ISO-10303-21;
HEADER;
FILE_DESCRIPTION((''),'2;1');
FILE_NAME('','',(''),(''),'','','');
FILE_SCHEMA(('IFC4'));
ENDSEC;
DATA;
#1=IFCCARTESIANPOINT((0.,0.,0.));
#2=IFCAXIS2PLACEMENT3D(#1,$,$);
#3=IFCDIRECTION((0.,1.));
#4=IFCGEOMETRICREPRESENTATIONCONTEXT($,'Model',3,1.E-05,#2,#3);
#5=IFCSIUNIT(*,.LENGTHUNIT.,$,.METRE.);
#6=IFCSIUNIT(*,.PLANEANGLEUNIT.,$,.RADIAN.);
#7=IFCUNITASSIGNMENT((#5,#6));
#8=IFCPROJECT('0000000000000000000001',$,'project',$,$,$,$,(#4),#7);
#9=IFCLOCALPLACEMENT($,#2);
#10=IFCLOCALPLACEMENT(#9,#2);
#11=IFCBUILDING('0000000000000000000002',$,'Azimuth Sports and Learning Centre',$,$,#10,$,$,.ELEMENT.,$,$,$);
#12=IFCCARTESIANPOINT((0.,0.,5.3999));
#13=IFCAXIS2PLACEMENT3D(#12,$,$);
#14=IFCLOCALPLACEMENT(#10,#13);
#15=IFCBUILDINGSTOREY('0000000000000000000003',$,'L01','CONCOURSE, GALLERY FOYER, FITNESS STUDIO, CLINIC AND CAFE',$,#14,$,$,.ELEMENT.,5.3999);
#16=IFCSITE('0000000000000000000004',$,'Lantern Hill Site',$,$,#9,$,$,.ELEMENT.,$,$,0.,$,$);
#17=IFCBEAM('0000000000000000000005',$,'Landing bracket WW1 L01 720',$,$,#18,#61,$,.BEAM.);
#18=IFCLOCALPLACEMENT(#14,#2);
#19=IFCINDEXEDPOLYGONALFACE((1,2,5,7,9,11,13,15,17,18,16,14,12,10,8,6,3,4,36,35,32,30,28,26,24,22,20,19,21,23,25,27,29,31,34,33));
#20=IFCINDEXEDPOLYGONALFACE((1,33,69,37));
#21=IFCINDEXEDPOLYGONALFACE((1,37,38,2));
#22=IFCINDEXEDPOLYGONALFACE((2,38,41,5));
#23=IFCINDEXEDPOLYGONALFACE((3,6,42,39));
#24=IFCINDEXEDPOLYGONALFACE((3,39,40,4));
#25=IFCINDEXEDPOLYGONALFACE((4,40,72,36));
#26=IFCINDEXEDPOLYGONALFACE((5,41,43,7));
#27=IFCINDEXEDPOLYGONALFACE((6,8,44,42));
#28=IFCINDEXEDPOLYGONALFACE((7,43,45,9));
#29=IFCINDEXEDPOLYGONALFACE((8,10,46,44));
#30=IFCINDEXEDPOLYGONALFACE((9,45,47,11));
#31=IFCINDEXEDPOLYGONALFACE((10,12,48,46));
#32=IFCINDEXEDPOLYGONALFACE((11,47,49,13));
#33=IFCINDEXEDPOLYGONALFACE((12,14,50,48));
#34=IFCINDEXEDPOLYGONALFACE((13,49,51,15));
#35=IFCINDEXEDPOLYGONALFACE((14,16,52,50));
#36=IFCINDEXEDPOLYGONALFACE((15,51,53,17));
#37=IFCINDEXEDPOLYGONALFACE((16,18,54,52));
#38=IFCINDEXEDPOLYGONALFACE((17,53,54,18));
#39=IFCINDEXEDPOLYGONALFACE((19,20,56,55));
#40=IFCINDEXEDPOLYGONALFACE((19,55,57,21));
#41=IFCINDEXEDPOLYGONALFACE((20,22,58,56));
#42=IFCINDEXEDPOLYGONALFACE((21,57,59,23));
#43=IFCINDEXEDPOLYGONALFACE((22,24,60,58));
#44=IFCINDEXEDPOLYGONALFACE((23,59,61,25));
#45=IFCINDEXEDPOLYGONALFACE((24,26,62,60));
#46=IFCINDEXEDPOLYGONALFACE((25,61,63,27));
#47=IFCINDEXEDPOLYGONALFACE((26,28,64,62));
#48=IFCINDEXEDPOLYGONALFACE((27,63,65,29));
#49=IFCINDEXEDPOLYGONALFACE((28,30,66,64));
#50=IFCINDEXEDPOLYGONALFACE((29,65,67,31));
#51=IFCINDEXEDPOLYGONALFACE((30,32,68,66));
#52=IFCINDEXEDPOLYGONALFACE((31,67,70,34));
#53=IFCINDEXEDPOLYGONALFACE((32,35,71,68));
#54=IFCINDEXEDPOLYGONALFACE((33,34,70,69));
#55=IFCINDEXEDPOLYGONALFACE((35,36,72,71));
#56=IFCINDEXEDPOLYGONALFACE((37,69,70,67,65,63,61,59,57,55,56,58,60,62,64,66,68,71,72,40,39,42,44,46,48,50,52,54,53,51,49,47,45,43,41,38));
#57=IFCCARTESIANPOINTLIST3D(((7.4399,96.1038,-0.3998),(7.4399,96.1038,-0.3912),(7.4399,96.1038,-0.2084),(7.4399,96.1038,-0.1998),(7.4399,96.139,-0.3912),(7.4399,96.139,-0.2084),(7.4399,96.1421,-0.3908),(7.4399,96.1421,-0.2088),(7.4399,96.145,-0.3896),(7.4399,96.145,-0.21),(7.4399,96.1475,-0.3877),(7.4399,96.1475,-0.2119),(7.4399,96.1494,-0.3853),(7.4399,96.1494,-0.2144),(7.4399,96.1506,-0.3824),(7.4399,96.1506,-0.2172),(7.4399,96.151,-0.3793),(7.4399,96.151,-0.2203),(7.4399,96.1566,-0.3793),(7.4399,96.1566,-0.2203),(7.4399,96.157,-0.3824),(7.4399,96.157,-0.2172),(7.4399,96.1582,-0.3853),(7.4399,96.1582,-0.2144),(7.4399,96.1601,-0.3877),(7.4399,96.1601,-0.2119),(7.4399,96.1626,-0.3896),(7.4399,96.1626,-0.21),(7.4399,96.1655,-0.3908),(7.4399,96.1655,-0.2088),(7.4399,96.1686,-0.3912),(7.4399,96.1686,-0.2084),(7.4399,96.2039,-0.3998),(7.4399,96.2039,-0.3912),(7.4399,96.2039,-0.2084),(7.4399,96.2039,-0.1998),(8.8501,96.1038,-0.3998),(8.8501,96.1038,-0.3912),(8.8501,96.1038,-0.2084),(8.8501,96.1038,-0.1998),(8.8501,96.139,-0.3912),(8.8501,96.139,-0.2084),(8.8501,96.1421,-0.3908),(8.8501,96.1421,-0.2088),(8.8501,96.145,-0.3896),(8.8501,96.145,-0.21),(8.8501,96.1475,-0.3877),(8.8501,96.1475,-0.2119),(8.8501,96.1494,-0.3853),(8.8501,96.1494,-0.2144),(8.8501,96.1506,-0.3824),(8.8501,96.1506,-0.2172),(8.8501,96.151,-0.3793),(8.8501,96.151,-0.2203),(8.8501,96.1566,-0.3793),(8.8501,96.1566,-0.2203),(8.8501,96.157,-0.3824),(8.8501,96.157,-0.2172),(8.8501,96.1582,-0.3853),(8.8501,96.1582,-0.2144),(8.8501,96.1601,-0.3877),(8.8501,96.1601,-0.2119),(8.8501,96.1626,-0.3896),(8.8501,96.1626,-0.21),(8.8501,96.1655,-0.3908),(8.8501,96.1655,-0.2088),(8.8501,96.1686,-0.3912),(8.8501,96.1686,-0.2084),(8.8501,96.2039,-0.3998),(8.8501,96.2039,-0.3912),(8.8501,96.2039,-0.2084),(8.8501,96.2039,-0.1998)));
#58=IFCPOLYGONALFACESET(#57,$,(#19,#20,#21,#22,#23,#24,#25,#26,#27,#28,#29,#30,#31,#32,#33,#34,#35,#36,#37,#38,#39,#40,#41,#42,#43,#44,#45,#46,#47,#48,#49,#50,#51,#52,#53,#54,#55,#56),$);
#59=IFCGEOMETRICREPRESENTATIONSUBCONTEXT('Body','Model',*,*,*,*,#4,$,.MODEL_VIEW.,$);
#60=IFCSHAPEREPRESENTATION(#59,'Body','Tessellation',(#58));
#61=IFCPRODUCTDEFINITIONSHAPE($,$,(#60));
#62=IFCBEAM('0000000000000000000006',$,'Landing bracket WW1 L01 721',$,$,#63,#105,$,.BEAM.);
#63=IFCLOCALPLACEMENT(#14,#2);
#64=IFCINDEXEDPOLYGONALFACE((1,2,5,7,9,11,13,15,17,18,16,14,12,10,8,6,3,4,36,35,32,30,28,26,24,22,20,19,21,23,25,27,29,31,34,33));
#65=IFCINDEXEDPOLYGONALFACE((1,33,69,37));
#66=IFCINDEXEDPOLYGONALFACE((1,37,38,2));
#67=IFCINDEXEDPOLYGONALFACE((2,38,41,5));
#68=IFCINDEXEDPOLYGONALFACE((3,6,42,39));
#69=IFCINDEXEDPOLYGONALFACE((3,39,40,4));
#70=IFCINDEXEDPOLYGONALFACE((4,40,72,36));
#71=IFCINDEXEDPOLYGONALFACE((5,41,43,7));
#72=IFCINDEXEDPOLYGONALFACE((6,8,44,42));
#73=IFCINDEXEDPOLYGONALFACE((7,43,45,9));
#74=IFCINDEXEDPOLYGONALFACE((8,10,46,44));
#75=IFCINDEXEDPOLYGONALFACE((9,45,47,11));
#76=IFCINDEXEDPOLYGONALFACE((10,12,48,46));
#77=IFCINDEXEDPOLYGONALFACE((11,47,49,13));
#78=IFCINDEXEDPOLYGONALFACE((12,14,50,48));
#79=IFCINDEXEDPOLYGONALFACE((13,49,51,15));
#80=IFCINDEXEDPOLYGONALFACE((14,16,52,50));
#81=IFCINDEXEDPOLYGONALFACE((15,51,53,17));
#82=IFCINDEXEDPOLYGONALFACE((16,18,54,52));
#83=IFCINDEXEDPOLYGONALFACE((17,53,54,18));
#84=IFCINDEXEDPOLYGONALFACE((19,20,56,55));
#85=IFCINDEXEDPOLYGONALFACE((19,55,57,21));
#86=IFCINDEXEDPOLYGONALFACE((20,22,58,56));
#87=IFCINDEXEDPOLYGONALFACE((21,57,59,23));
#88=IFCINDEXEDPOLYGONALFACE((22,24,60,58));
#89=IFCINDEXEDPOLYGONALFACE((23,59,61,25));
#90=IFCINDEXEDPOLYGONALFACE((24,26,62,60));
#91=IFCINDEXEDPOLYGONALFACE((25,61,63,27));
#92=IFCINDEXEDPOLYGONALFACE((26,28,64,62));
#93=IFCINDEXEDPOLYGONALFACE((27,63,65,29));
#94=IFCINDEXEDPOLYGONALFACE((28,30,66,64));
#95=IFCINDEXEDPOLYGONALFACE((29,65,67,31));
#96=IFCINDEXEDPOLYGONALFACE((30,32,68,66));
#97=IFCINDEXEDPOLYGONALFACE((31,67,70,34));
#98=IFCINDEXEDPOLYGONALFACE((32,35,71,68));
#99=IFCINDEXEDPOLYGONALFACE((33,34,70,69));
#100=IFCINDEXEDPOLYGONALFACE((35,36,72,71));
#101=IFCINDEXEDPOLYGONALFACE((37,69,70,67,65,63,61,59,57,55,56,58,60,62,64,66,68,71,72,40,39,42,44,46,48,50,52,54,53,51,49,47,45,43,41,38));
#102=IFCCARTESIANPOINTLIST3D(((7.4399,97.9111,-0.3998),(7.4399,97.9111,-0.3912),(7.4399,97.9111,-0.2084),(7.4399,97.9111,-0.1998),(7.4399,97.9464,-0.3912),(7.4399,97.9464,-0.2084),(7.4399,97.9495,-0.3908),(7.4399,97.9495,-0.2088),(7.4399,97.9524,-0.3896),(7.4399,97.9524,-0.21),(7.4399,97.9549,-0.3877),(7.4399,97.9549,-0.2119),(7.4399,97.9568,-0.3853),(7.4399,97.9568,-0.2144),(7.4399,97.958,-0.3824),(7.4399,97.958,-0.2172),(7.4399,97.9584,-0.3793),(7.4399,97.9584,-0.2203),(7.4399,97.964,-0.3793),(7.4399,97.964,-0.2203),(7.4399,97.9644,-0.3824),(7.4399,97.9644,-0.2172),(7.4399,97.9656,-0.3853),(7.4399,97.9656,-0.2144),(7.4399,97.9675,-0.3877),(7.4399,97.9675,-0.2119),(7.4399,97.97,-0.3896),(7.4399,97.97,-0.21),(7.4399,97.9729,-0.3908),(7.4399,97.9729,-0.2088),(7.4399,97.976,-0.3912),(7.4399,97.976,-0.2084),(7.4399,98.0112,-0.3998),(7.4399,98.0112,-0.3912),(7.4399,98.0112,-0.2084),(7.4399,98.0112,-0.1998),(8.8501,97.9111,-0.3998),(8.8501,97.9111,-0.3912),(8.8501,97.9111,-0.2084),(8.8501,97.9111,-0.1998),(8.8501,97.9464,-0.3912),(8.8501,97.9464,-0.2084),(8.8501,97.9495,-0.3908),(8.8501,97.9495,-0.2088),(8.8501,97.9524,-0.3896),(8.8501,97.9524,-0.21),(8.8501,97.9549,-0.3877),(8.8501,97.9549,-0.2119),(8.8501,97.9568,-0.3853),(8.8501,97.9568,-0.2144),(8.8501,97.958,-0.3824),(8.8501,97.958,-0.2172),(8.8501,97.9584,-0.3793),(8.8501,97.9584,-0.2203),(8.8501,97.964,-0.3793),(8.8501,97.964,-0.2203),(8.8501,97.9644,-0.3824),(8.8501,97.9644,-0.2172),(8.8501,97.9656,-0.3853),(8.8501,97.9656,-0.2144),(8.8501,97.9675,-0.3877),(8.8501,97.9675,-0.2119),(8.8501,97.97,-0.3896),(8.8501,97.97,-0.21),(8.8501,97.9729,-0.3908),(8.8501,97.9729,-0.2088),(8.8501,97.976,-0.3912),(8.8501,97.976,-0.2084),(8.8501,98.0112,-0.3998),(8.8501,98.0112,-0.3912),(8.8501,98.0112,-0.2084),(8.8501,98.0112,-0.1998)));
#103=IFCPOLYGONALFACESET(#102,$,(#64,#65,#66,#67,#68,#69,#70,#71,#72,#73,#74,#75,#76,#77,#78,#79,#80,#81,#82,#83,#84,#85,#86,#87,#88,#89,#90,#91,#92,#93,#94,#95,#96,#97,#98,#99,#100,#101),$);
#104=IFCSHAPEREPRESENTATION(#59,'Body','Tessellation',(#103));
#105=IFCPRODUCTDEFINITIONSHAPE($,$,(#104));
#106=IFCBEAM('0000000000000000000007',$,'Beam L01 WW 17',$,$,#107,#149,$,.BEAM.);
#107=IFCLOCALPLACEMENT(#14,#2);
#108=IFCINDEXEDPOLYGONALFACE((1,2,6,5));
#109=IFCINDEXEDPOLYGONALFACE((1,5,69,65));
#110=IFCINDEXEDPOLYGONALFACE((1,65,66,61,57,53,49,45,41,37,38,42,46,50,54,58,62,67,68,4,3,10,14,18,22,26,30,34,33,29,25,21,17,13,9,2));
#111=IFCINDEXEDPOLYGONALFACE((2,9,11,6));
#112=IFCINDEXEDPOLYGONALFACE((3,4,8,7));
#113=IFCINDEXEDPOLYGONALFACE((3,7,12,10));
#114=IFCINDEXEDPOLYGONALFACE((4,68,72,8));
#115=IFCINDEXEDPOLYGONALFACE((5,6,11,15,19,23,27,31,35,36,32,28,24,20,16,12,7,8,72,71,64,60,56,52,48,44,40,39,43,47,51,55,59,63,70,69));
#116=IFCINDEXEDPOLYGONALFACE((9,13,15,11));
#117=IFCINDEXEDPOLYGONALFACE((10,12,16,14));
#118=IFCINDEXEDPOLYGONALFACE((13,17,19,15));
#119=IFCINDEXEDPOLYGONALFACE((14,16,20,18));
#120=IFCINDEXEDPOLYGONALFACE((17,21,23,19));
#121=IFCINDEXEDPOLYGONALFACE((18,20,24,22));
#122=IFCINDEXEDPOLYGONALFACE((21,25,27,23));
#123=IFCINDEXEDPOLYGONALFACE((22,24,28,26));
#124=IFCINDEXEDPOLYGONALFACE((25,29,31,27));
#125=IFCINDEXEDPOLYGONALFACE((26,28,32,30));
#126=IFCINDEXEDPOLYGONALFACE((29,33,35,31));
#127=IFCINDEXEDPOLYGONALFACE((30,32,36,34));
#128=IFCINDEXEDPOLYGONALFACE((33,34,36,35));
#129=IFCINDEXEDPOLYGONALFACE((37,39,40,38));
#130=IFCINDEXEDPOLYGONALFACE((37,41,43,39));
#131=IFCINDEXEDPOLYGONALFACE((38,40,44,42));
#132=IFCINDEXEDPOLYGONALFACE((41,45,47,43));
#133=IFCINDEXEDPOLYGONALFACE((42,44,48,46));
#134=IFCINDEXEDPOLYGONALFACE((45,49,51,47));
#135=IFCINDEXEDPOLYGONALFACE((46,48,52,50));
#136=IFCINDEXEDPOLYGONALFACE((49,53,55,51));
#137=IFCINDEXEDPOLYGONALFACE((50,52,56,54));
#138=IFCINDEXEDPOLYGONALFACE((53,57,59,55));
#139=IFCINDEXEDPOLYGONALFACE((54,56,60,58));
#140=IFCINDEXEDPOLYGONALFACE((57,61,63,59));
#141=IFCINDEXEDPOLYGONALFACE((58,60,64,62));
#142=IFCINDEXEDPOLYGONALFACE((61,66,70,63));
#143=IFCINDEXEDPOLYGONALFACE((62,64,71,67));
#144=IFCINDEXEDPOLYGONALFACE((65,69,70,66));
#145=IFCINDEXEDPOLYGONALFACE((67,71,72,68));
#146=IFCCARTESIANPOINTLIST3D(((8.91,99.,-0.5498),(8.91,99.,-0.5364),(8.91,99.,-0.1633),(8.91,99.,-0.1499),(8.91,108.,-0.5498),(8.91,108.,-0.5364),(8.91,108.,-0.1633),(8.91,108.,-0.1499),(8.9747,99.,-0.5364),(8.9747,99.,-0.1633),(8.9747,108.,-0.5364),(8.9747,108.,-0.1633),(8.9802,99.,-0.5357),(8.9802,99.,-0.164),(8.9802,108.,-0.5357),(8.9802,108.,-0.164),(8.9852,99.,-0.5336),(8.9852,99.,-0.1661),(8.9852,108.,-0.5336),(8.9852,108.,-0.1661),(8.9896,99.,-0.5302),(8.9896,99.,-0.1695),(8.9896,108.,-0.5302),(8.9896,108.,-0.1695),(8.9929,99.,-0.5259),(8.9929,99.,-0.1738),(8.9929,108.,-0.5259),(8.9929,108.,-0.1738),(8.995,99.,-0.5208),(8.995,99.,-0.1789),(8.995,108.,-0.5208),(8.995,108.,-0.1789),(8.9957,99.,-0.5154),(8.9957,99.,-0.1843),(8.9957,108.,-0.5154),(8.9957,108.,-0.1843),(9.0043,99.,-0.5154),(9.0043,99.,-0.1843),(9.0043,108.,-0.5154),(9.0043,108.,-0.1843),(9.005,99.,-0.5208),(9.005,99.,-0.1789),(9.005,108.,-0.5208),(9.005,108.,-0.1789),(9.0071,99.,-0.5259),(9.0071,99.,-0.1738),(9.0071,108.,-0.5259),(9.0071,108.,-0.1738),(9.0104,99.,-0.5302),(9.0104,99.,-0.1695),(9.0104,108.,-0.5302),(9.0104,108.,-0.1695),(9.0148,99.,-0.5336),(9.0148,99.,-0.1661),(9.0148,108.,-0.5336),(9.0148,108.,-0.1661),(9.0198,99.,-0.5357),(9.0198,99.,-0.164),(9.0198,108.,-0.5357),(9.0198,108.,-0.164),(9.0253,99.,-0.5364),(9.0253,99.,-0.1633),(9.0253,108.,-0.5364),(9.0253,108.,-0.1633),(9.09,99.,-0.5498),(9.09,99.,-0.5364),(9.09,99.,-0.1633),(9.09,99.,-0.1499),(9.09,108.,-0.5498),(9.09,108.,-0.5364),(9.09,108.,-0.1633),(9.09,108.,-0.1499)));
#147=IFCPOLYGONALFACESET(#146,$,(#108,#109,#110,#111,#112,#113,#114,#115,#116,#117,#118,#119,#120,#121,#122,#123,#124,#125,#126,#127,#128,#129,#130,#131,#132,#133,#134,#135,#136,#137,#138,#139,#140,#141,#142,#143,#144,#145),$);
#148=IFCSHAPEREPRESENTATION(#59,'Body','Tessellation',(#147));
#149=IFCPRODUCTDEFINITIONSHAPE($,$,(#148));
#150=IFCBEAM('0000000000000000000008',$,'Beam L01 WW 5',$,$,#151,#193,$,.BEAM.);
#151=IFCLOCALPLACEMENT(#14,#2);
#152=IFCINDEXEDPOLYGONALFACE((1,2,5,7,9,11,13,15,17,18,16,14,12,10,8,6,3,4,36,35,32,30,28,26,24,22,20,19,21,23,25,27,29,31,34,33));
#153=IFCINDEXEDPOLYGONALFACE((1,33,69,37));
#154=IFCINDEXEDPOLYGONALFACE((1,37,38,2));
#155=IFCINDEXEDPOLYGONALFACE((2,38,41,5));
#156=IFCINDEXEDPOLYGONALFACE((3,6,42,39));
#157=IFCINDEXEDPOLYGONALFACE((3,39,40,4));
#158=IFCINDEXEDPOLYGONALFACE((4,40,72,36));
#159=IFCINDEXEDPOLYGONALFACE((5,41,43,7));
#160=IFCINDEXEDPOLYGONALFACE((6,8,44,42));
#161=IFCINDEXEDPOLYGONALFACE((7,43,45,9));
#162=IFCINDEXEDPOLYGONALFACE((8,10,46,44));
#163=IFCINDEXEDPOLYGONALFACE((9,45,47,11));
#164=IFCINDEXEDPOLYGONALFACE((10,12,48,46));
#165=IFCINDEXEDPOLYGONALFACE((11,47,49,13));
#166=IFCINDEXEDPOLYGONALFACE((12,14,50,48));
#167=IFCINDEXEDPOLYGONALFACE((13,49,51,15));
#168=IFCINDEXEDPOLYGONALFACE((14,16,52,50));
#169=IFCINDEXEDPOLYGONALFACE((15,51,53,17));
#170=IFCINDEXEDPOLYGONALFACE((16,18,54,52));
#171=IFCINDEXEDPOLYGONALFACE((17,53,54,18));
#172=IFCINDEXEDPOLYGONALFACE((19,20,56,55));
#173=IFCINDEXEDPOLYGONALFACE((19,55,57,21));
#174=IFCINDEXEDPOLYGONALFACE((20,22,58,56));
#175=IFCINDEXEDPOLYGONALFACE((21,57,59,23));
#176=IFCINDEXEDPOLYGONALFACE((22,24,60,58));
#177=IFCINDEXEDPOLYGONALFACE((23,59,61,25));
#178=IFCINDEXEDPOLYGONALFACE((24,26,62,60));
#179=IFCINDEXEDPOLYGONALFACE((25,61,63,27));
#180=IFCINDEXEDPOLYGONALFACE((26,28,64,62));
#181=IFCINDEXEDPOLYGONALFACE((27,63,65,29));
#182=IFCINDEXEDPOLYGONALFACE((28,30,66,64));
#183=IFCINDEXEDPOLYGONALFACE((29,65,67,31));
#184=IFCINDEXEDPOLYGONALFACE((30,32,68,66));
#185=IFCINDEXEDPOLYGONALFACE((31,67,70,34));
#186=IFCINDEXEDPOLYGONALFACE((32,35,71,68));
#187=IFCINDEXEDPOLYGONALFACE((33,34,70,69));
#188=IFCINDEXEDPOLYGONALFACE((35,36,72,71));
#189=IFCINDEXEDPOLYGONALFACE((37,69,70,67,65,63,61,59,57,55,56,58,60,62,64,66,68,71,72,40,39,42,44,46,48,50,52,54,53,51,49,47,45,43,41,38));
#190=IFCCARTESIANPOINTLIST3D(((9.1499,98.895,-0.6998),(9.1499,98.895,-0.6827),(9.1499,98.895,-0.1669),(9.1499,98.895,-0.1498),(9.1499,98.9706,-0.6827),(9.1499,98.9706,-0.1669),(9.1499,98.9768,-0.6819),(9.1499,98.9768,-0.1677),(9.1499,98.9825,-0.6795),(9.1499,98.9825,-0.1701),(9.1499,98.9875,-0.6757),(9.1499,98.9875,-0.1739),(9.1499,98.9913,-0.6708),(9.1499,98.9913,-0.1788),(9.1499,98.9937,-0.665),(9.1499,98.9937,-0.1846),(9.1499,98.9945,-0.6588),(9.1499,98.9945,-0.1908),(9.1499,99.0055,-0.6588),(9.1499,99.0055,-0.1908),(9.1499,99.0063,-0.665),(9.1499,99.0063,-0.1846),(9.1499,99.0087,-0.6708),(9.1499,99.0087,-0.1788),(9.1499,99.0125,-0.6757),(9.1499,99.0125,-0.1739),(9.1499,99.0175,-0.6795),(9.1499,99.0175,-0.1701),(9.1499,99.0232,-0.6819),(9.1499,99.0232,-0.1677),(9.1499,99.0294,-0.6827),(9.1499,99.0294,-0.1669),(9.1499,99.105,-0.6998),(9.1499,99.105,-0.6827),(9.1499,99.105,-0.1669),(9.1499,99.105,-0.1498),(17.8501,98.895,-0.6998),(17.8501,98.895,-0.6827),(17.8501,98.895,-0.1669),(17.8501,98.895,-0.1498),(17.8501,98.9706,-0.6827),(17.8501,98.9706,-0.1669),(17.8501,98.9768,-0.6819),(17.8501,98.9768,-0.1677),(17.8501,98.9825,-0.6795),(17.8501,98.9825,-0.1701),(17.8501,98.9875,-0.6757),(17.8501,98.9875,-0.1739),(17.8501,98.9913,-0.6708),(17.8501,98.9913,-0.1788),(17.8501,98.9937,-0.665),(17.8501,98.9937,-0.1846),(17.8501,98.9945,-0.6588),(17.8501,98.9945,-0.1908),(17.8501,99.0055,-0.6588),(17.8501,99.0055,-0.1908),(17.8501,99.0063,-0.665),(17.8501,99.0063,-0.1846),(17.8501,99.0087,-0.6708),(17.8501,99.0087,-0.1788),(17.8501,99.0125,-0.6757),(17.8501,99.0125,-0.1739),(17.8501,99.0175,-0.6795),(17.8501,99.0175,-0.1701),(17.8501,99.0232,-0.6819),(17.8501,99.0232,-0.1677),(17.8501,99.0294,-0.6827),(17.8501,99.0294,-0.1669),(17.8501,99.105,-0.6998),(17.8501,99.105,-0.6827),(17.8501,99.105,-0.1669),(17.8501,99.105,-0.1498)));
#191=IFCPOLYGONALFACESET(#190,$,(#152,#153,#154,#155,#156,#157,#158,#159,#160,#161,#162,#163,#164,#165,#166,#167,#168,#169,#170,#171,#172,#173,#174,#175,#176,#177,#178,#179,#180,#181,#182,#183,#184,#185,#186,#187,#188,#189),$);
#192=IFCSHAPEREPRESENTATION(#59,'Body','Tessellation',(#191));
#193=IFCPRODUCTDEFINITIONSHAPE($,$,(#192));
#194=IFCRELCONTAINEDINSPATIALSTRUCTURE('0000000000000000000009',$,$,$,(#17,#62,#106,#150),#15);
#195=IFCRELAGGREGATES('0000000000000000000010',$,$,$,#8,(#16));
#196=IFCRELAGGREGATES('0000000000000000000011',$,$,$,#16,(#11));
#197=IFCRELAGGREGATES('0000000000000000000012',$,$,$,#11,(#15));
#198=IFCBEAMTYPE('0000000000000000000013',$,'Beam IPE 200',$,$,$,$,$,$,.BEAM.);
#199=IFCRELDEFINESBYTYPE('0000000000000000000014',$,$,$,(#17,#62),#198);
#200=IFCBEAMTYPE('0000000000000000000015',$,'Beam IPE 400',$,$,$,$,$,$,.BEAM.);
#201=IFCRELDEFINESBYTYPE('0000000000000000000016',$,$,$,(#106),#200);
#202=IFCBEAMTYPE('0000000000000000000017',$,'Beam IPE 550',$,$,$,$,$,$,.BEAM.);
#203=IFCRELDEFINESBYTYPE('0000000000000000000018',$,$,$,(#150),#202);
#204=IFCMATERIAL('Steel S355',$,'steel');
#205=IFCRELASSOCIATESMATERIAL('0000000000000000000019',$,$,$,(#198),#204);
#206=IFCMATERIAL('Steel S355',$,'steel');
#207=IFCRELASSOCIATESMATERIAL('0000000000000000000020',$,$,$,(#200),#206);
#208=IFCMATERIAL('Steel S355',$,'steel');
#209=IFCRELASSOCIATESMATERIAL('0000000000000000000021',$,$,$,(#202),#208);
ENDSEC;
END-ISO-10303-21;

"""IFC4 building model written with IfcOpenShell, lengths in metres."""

from ifc_helpers import new_model, si_unit, direction, frame, origin, origin_2d, place, context, subcontext, project, spatial, i_section, extrude, material, material_profile, profile_set, type_object, element, save


model = new_model("IFC4")

# Units and contexts
model_context = context("Model", 3, precision=1e-05, world=origin(), true_north=direction((0.0, 1.0)))
body_context = subcontext(model_context, "Body", "Model", "MODEL_VIEW")
ifc_project = project(units=[si_unit("LENGTHUNIT", "METRE"), si_unit("PLANEANGLEUNIT", "RADIAN")], contexts=[model_context])

# Site, building, storey
site_placement = place(None, origin())
site = spatial("IfcSite", under=ifc_project, at=site_placement, Name="Lantern Hill Site", CompositionType="ELEMENT", RefElevation=0.0)
building_placement = place(site_placement, origin())
building = spatial("IfcBuilding", under=site, at=building_placement, Name="Azimuth Sports and Learning Centre", CompositionType="ELEMENT")
storey_placement = place(building_placement, frame((0.0, 0.0, 5.3999)))
storey = spatial("IfcBuildingStorey", under=building, at=storey_placement, Name="L01", Description="CONCOURSE, GALLERY FOYER, FITNESS STUDIO, CLINIC AND CAFE", CompositionType="ELEMENT", Elevation=5.3999)

# Beams
ifc_material_1 = material(Name="Steel S355", Category="steel")
ifc_material_profile_1 = material_profile(ifc_material_1, i_section(OverallWidth=0.1001, OverallDepth=0.2, WebThickness=0.0056, FlangeThickness=0.0085, FilletRadius=0.012, at=origin_2d()), Name="IPE 200")
ifc_profile_set_1 = profile_set([ifc_material_profile_1], Name="Steel S355")
beam_type_1 = type_object("IfcBeamType", Name="Beam IPE 200", PredefinedType="BEAM", material=ifc_profile_set_1)
for number, where, z_axis, x_axis, name in (
    (1, (8.8501, 96.1538, -0.2998), (-1.0, 0.0, 0.0), (0.0, -1.0, 0.0), "Landing bracket WW1 L01 720"),
    (2, (8.8501, 97.9612, -0.2998), (-1.0, 0.0, 0.0), (0.0, -1.0, 0.0), "Landing bracket WW1 L01 721"),
):
    element("IfcBeam", number, at=place(storey_placement, frame(where, z_axis=z_axis, x_axis=x_axis)), inside=storey, type_object=beam_type_1, Name=name, PredefinedType="BEAM", context=body_context, shape_type="SweptSolid", body=[
        extrude(i_section(OverallWidth=0.1001, OverallDepth=0.2, WebThickness=0.0056, FlangeThickness=0.0085, FilletRadius=0.012, at=origin_2d()), origin(), (0.0, 0.0, 1.0), 1.4102),
    ])
ifc_material_2 = material(Name="Steel S355", Category="steel")
ifc_material_profile_2 = material_profile(ifc_material_2, i_section(OverallWidth=0.1799, OverallDepth=0.3999, WebThickness=0.0085, FlangeThickness=0.0134, FilletRadius=0.021, at=origin_2d()), Name="IPE 400")
ifc_profile_set_2 = profile_set([ifc_material_profile_2], Name="Steel S355")
beam_type_2 = type_object("IfcBeamType", Name="Beam IPE 400", PredefinedType="BEAM", material=ifc_profile_set_2)
beam_1_placement = place(storey_placement, frame((9.0, 99.0, -0.3499), z_axis=(0.0, 1.0, 0.0), x_axis=(-1.0, 0.0, 0.0)))
element("IfcBeam", 3, at=beam_1_placement, inside=storey, type_object=beam_type_2, Name="Beam L01 WW 17", PredefinedType="BEAM", context=body_context, shape_type="SweptSolid", body=[
    extrude(i_section(OverallWidth=0.1799, OverallDepth=0.3999, WebThickness=0.0085, FlangeThickness=0.0134, FilletRadius=0.021, at=origin_2d()), origin(), (0.0, 0.0, 1.0), 9.0),
])
ifc_material_3 = material(Name="Steel S355", Category="steel")
ifc_material_profile_3 = material_profile(ifc_material_3, i_section(OverallWidth=0.21, OverallDepth=0.55, WebThickness=0.011, FlangeThickness=0.0171, FilletRadius=0.0239, at=origin_2d()), Name="IPE 550")
ifc_profile_set_3 = profile_set([ifc_material_profile_3], Name="Steel S355")
beam_type_3 = type_object("IfcBeamType", Name="Beam IPE 550", PredefinedType="BEAM", material=ifc_profile_set_3)
for number, where, z_axis, x_axis, name in (
    (4, (9.1499, 99.0, -0.4248), (1.0, 0.0, 0.0), (0.0, 1.0, 0.0), "Beam L01 WW 5"),
):
    element("IfcBeam", number, at=place(storey_placement, frame(where, z_axis=z_axis, x_axis=x_axis)), inside=storey, type_object=beam_type_3, Name=name, PredefinedType="BEAM", context=body_context, shape_type="SweptSolid", body=[
        extrude(i_section(OverallWidth=0.21, OverallDepth=0.55, WebThickness=0.011, FlangeThickness=0.0171, FilletRadius=0.0239, at=origin_2d()), origin(), (0.0, 0.0, 1.0), 8.7002),
    ])

save(model, "model.ifc")
